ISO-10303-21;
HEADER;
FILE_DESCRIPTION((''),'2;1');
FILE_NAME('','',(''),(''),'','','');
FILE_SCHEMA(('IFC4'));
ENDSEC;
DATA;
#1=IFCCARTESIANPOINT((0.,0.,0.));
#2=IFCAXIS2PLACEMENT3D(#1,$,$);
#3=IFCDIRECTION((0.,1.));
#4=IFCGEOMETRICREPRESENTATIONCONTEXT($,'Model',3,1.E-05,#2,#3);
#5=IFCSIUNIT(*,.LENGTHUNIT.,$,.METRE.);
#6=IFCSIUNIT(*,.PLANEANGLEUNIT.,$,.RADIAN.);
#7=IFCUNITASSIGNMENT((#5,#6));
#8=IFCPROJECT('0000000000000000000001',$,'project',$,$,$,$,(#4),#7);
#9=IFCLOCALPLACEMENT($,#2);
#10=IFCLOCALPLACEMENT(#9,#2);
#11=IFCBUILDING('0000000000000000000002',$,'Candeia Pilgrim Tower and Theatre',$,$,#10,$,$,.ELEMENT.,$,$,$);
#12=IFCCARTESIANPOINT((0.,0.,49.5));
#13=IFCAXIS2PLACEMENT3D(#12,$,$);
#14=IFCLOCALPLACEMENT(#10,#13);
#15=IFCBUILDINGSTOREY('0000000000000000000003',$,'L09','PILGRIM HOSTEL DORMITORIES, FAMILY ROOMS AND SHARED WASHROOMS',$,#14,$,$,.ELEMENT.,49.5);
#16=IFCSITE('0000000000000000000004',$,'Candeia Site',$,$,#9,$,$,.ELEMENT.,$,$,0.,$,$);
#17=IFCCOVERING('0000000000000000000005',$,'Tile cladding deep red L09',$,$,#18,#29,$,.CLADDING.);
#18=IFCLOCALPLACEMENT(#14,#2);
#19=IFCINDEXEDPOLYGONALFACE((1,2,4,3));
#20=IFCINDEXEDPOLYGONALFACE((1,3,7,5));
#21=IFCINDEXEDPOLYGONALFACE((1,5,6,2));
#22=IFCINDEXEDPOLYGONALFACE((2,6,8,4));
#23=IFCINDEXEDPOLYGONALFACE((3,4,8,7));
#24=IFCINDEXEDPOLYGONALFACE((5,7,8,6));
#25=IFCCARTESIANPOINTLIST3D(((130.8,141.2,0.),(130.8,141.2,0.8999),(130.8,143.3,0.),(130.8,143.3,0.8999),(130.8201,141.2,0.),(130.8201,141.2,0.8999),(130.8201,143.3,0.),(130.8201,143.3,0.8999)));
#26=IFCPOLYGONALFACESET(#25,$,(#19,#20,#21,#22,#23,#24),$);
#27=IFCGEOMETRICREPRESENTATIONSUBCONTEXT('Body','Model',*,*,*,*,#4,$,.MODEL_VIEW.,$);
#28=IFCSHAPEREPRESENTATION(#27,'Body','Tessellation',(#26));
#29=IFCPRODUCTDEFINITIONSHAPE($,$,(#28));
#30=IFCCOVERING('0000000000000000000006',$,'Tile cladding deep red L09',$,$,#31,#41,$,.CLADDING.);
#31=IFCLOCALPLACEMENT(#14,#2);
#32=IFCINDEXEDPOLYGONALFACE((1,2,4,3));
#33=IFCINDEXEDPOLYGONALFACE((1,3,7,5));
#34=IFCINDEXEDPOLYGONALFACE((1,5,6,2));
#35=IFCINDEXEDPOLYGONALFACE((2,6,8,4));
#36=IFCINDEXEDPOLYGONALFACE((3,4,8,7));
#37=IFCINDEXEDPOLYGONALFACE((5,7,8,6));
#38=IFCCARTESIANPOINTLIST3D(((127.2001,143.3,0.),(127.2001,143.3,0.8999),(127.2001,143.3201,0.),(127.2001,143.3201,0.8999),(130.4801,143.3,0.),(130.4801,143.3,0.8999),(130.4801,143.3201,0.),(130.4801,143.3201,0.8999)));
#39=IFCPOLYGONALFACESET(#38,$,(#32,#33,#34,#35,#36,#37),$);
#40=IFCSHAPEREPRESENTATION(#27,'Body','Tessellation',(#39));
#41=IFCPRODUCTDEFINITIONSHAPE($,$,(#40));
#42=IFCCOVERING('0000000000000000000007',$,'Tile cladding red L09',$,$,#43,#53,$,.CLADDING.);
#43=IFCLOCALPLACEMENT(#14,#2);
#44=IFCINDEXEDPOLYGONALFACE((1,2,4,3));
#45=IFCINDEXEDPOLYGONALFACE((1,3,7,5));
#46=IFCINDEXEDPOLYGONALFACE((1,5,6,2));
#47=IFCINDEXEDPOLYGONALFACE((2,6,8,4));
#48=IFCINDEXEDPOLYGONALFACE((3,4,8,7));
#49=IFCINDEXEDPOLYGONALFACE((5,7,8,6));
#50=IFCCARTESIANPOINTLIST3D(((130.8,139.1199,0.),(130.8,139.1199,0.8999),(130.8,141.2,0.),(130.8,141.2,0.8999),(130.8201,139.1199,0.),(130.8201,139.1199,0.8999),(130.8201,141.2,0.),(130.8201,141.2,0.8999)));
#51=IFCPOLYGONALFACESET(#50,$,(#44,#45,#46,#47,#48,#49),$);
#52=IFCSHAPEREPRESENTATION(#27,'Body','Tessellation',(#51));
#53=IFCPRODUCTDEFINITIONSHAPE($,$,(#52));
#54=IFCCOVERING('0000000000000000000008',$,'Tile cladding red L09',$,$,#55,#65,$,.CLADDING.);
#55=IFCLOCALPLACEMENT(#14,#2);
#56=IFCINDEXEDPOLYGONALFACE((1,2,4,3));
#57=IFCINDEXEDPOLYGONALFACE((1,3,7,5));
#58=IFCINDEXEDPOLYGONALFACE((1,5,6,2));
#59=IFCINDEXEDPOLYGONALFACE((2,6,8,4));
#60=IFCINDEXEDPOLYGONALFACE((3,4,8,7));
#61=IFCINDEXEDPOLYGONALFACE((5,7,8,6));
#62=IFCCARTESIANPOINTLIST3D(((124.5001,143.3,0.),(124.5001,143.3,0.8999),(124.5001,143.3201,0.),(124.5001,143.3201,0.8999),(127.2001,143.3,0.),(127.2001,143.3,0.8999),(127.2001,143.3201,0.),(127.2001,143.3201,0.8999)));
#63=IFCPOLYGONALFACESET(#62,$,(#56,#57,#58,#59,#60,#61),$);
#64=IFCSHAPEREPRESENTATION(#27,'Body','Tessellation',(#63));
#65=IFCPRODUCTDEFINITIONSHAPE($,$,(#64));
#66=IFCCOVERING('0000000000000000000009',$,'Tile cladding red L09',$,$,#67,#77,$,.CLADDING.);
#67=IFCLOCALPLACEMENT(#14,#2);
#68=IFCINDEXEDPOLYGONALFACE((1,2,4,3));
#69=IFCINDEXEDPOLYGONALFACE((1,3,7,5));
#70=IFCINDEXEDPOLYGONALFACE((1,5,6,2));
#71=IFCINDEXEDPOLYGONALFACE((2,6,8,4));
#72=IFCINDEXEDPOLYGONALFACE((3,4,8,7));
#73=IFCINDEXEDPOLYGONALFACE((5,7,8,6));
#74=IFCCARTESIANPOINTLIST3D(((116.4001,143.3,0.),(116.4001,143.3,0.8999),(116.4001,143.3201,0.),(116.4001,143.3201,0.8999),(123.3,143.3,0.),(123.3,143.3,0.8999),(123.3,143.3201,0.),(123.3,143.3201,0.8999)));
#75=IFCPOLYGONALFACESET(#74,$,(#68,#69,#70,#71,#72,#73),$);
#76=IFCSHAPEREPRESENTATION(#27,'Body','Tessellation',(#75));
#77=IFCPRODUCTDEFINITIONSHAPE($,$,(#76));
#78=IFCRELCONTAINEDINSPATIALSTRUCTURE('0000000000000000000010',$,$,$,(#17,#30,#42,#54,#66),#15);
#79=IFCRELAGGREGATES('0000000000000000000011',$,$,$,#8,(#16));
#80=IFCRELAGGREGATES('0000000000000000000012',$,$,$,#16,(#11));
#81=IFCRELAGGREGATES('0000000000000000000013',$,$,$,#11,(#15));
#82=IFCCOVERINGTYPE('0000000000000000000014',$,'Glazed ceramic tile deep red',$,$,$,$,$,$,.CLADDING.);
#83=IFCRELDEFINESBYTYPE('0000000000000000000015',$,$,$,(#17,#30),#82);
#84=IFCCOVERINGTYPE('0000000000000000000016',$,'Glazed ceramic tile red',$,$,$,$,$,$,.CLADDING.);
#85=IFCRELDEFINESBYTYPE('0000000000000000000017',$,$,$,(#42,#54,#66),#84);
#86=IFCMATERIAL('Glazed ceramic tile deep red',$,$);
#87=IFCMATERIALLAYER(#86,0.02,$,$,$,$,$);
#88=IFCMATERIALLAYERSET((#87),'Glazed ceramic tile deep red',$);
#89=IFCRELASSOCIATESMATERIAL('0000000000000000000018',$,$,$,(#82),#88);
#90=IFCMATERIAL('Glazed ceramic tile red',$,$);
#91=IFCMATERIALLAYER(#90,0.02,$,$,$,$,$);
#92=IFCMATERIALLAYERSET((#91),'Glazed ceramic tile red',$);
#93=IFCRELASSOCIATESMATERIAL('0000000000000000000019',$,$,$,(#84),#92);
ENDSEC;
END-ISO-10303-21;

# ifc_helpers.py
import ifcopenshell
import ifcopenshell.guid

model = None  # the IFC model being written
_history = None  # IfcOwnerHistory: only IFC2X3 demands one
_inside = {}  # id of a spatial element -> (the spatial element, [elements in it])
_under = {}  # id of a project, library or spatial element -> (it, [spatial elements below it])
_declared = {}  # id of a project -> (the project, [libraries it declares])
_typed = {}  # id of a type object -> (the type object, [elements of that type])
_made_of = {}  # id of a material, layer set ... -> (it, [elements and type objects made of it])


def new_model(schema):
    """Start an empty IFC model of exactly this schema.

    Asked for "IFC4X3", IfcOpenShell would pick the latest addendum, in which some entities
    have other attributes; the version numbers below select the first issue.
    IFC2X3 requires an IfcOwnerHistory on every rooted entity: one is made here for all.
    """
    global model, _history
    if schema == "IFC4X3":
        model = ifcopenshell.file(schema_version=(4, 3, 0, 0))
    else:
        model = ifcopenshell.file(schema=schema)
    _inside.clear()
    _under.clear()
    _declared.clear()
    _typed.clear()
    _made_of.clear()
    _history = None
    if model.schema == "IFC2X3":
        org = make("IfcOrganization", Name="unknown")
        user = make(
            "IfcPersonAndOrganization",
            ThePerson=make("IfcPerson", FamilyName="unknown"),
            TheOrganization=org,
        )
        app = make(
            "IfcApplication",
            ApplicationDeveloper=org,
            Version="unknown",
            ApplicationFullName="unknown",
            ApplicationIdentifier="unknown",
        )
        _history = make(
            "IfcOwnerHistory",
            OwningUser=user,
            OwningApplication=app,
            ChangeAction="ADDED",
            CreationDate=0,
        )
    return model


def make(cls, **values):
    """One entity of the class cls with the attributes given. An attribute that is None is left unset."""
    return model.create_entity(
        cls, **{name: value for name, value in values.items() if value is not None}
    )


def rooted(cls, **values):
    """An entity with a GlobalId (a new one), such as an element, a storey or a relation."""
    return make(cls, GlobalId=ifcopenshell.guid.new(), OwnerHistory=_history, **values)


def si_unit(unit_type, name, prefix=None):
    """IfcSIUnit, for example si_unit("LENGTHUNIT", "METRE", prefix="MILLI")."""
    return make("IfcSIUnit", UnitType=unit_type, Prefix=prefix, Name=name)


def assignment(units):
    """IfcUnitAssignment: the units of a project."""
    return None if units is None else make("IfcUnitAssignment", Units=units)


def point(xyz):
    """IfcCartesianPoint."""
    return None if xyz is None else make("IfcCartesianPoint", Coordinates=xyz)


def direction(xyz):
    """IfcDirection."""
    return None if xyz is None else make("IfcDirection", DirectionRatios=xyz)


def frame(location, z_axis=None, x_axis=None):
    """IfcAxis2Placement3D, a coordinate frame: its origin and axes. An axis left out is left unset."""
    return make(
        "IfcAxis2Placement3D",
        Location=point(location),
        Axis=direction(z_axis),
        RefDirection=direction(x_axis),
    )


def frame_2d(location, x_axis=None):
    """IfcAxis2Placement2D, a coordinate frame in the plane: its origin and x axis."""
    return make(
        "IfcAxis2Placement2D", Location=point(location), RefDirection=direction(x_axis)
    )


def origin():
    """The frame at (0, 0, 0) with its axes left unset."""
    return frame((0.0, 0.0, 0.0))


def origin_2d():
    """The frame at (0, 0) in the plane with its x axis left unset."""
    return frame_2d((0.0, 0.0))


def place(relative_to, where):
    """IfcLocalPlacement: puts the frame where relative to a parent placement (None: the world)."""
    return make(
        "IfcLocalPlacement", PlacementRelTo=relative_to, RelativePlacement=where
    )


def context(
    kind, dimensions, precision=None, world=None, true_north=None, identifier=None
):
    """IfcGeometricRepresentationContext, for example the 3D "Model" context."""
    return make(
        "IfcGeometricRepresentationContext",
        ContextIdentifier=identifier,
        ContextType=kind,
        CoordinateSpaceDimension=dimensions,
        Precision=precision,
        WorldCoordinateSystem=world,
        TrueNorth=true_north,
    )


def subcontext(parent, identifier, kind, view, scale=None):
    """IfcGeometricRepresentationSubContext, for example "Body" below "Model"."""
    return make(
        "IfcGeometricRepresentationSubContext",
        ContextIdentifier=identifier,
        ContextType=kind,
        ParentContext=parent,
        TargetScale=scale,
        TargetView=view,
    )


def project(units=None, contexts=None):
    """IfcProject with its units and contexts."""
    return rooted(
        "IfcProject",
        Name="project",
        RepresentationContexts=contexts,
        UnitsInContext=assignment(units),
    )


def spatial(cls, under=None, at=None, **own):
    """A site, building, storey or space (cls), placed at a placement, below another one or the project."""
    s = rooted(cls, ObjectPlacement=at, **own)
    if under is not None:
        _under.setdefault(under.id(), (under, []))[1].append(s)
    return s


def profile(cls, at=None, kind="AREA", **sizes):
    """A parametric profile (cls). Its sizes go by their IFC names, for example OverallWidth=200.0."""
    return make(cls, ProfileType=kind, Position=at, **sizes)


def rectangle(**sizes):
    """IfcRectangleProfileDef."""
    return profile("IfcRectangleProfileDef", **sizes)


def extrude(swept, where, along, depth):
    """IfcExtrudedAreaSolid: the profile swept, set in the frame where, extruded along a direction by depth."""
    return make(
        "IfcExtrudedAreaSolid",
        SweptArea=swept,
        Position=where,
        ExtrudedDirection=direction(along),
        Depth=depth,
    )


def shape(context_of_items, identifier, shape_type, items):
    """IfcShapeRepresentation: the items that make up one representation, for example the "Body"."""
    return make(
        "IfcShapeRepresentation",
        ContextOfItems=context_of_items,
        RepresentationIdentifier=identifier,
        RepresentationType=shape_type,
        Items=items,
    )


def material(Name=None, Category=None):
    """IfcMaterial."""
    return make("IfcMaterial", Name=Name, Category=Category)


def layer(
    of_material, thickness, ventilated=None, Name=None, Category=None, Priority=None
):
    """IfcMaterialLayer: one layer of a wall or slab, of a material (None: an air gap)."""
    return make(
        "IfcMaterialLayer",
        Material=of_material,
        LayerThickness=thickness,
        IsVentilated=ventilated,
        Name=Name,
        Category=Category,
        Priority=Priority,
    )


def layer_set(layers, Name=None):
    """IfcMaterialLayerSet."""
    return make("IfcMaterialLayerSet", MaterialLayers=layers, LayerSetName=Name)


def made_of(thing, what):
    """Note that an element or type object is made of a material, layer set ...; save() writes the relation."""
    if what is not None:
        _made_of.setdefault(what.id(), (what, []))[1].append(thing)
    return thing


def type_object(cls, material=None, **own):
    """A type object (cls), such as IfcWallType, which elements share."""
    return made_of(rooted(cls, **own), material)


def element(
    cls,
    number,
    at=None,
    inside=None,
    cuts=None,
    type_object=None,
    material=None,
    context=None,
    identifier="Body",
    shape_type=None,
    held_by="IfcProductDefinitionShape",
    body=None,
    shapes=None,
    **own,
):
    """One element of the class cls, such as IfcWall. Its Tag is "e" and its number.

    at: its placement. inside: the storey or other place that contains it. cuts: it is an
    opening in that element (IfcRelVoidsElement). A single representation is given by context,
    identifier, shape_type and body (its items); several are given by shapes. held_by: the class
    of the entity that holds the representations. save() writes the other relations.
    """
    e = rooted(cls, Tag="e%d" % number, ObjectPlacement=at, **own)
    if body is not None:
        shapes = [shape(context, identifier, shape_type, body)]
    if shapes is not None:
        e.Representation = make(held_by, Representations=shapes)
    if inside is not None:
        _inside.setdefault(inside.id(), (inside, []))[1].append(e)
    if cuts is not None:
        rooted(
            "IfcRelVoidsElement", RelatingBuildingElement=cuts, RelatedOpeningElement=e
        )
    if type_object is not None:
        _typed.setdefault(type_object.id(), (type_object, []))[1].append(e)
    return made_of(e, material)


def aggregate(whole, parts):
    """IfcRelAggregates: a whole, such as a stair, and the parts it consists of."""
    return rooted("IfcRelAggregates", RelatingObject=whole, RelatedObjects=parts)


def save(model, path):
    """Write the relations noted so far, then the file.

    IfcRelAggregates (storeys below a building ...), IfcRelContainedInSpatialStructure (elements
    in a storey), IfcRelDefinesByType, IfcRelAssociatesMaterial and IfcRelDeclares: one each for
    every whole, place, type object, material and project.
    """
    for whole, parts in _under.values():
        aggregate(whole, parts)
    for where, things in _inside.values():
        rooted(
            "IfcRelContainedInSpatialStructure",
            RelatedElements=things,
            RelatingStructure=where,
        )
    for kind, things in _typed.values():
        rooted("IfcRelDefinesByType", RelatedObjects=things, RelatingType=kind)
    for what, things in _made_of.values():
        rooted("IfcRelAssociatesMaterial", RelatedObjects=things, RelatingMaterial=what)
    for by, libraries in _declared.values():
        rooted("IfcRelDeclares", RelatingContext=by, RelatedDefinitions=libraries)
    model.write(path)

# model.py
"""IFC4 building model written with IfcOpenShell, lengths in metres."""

from ifc_helpers import new_model, si_unit, direction, frame, origin, origin_2d, place, context, subcontext, project, spatial, rectangle, extrude, material, layer, layer_set, type_object, element, save


model = new_model("IFC4")

# Units and contexts
model_context = context("Model", 3, precision=1e-05, world=origin(), true_north=direction((0.0, 1.0)))
body_context = subcontext(model_context, "Body", "Model", "MODEL_VIEW")
ifc_project = project(units=[si_unit("LENGTHUNIT", "METRE"), si_unit("PLANEANGLEUNIT", "RADIAN")], contexts=[model_context])

# Site, building, storey
site_placement = place(None, origin())
site = spatial("IfcSite", under=ifc_project, at=site_placement, Name="Candeia Site", CompositionType="ELEMENT", RefElevation=0.0)
building_placement = place(site_placement, origin())
building = spatial("IfcBuilding", under=site, at=building_placement, Name="Candeia Pilgrim Tower and Theatre", CompositionType="ELEMENT")
storey_placement = place(building_placement, frame((0.0, 0.0, 49.5)))
storey = spatial("IfcBuildingStorey", under=building, at=storey_placement, Name="L09", Description="PILGRIM HOSTEL DORMITORIES, FAMILY ROOMS AND SHARED WASHROOMS", CompositionType="ELEMENT", Elevation=49.5)

# Coverings
ifc_material_1 = material(Name="Glazed ceramic tile deep red")
ifc_layer_1 = layer(ifc_material_1, 0.02)
ifc_layer_set_1 = layer_set([ifc_layer_1], Name="Glazed ceramic tile deep red")
covering_type_1 = type_object("IfcCoveringType", Name="Glazed ceramic tile deep red", PredefinedType="CLADDING", material=ifc_layer_set_1)
covering_1_placement = place(storey_placement, frame((130.8101, 142.25, 0.0), z_axis=(0.0, 0.0, 1.0), x_axis=(0.0, 1.0, 0.0)))
element("IfcCovering", 1, at=covering_1_placement, inside=storey, type_object=covering_type_1, Name="Tile cladding deep red L09", PredefinedType="CLADDING", context=body_context, shape_type="SweptSolid", body=[
    extrude(rectangle(XDim=2.1001, YDim=0.02, at=origin_2d()), origin(), (0.0, 0.0, 1.0), 0.8999),
])
covering_2_placement = place(storey_placement, frame((128.8401, 143.3101, 0.0), z_axis=(0.0, 0.0, 1.0), x_axis=(-1.0, 0.0, 0.0)))
element("IfcCovering", 2, at=covering_2_placement, inside=storey, type_object=covering_type_1, Name="Tile cladding deep red L09", PredefinedType="CLADDING", context=body_context, shape_type="SweptSolid", body=[
    extrude(rectangle(XDim=3.28, YDim=0.02, at=origin_2d()), origin(), (0.0, 0.0, 1.0), 0.8999),
])
ifc_material_2 = material(Name="Glazed ceramic tile red")
ifc_layer_2 = layer(ifc_material_2, 0.02)
ifc_layer_set_2 = layer_set([ifc_layer_2], Name="Glazed ceramic tile red")
covering_type_2 = type_object("IfcCoveringType", Name="Glazed ceramic tile red", PredefinedType="CLADDING", material=ifc_layer_set_2)
covering_3_placement = place(storey_placement, frame((130.8101, 140.1599, 0.0), z_axis=(0.0, 0.0, 1.0), x_axis=(0.0, 1.0, 0.0)))
element("IfcCovering", 3, at=covering_3_placement, inside=storey, type_object=covering_type_2, Name="Tile cladding red L09", PredefinedType="CLADDING", context=body_context, shape_type="SweptSolid", body=[
    extrude(rectangle(XDim=2.0801, YDim=0.02, at=origin_2d()), origin(), (0.0, 0.0, 1.0), 0.8999),
])
covering_4_placement = place(storey_placement, frame((125.8501, 143.3101, 0.0), z_axis=(0.0, 0.0, 1.0), x_axis=(-1.0, 0.0, 0.0)))
element("IfcCovering", 4, at=covering_4_placement, inside=storey, type_object=covering_type_2, Name="Tile cladding red L09", PredefinedType="CLADDING", context=body_context, shape_type="SweptSolid", body=[
    extrude(rectangle(XDim=2.7, YDim=0.02, at=origin_2d()), origin(), (0.0, 0.0, 1.0), 0.8999),
])
covering_5_placement = place(storey_placement, frame((119.8501, 143.3101, 0.0), z_axis=(0.0, 0.0, 1.0), x_axis=(-1.0, 0.0, 0.0)))
element("IfcCovering", 5, at=covering_5_placement, inside=storey, type_object=covering_type_2, Name="Tile cladding red L09", PredefinedType="CLADDING", context=body_context, shape_type="SweptSolid", body=[
    extrude(rectangle(XDim=6.8999, YDim=0.02, at=origin_2d()), origin(), (0.0, 0.0, 1.0), 0.8999),
])

save(model, "model.ifc")
